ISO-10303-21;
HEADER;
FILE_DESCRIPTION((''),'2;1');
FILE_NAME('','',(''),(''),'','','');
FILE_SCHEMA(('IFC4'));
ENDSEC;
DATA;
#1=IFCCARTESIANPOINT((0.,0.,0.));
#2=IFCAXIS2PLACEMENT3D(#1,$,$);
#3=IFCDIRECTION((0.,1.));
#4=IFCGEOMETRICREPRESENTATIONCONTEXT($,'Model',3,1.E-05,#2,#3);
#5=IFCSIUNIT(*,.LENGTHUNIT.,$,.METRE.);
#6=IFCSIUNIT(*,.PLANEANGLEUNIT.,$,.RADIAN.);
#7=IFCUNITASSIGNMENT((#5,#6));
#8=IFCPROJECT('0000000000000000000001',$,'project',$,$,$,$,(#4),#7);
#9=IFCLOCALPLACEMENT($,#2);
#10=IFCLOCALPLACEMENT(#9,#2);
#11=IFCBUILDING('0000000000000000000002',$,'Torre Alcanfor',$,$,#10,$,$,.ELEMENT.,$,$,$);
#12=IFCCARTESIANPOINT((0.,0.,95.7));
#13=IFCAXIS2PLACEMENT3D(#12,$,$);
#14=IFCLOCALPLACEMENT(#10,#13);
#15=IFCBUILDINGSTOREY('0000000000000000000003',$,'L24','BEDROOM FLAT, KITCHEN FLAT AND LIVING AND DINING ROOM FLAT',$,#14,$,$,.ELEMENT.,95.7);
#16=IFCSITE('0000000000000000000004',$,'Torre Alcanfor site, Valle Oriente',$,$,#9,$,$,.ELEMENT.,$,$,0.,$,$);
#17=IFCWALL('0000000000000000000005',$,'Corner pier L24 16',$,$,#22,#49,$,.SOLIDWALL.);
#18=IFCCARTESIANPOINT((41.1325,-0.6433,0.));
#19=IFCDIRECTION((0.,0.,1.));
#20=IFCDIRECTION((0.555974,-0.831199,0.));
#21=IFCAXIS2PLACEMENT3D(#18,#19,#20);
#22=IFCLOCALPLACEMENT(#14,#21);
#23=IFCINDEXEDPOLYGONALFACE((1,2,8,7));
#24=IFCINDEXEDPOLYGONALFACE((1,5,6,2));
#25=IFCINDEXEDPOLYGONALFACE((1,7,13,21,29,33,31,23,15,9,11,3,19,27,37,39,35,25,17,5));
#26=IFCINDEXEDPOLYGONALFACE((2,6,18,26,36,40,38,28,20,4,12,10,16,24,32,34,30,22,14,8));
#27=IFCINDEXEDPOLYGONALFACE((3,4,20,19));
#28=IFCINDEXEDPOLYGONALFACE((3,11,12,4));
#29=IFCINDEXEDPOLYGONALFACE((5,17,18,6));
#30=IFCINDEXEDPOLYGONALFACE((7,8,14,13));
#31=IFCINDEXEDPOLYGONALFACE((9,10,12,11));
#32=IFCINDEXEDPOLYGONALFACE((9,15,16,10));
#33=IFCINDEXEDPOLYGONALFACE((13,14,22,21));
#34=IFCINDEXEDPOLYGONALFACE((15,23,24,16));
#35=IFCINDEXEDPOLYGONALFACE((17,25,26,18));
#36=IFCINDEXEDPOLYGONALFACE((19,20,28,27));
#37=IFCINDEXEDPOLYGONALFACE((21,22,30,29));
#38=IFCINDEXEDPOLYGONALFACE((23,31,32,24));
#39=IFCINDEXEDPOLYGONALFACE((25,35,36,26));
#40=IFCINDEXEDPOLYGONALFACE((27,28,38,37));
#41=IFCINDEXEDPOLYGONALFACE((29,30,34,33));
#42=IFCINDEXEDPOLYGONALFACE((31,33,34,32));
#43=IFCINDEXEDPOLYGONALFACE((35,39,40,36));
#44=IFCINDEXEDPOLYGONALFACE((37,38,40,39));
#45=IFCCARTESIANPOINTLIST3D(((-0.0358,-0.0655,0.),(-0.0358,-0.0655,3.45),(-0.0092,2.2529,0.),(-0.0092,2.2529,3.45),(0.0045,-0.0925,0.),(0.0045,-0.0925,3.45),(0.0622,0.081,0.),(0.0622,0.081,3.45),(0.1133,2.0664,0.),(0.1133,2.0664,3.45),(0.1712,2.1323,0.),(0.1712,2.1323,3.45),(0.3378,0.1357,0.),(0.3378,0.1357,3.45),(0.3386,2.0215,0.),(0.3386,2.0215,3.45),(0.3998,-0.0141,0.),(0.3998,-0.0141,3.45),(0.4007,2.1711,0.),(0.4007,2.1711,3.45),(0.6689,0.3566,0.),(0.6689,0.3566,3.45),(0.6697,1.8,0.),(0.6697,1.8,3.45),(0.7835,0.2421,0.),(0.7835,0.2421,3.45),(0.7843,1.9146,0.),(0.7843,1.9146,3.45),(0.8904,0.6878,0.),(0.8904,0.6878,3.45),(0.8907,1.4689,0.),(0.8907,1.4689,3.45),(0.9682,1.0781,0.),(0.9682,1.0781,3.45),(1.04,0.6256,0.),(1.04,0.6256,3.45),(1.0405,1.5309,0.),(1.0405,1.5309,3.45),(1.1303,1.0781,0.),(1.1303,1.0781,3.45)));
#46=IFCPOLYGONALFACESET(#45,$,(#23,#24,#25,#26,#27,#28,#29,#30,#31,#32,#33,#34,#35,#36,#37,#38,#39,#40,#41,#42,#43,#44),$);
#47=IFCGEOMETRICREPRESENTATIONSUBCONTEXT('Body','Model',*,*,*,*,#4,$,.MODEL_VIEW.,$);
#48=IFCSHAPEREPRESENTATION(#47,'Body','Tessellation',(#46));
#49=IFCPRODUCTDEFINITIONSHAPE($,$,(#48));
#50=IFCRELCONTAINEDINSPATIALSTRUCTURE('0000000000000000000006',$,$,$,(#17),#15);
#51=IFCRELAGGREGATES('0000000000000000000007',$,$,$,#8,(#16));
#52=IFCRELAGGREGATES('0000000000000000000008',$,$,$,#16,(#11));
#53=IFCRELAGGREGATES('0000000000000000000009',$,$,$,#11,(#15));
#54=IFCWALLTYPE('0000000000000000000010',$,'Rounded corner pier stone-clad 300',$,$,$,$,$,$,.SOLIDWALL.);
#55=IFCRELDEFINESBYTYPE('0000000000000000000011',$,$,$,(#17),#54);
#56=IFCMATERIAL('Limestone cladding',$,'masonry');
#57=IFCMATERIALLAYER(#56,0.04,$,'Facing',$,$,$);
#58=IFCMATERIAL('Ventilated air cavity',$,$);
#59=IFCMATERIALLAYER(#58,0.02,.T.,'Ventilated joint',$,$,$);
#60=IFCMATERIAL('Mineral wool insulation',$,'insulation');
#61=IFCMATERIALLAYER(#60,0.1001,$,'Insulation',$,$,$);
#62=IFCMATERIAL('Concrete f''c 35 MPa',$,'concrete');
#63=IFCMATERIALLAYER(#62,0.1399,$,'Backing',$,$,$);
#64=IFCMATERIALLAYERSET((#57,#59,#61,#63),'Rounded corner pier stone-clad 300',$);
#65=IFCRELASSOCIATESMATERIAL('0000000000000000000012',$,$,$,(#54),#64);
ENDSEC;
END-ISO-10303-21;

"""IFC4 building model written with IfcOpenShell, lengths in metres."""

from ifc_helpers import new_model, si_unit, direction, frame, origin, place, context, subcontext, project, spatial, polyline, outline, extrude, material, layer, layer_set, type_object, element, save


model = new_model("IFC4")

# Units and contexts
model_context = context("Model", 3, precision=1e-05, world=origin(), true_north=direction((0.0, 1.0)))
body_context = subcontext(model_context, "Body", "Model", "MODEL_VIEW")
ifc_project = project(units=[si_unit("LENGTHUNIT", "METRE"), si_unit("PLANEANGLEUNIT", "RADIAN")], contexts=[model_context])

# Site, building, storey
site_placement = place(None, origin())
site = spatial("IfcSite", under=ifc_project, at=site_placement, Name="Torre Alcanfor site, Valle Oriente", CompositionType="ELEMENT", RefElevation=0.0)
building_placement = place(site_placement, origin())
building = spatial("IfcBuilding", under=site, at=building_placement, Name="Torre Alcanfor", CompositionType="ELEMENT")
storey_placement = place(building_placement, frame((0.0, 0.0, 95.7)))
storey = spatial("IfcBuildingStorey", under=building, at=storey_placement, Name="L24", Description="BEDROOM FLAT, KITCHEN FLAT AND LIVING AND DINING ROOM FLAT", CompositionType="ELEMENT", Elevation=95.7)

# Wall
ifc_material_1 = material(Name="Limestone cladding", Category="masonry")
ifc_layer_1 = layer(ifc_material_1, 0.04, Name="Facing")
ifc_material_2 = material(Name="Ventilated air cavity")
ifc_layer_2 = layer(ifc_material_2, 0.02, ventilated=True, Name="Ventilated joint")
ifc_material_3 = material(Name="Mineral wool insulation", Category="insulation")
ifc_layer_3 = layer(ifc_material_3, 0.1001, Name="Insulation")
ifc_material_4 = material(Name="Concrete f'c 35 MPa", Category="concrete")
ifc_layer_4 = layer(ifc_material_4, 0.1399, Name="Backing")
ifc_layer_set_1 = layer_set([ifc_layer_1, ifc_layer_2, ifc_layer_3, ifc_layer_4], Name="Rounded corner pier stone-clad 300")
wall_type_1 = type_object("IfcWallType", Name="Rounded corner pier stone-clad 300", PredefinedType="SOLIDWALL", material=ifc_layer_set_1)
wall_1_placement = place(storey_placement, frame((41.1325, -0.6433, 0.0), z_axis=(0.0, 0.0, 1.0), x_axis=(0.555974, -0.831199, 0.0)))
element("IfcWall", 1, at=wall_1_placement, inside=storey, type_object=wall_type_1, Name="Corner pier L24 16", PredefinedType="SOLIDWALL", context=body_context, shape_type="SweptSolid", body=[
    extrude(outline(polyline([(0.1712, 2.1323), (0.1133, 2.0664), (0.3386, 2.0215), (0.6697, 1.8), (0.8907, 1.4689), (0.9682, 1.0781), (0.8904, 0.6878), (0.6689, 0.3566), (0.3378, 0.1357), (0.0622, 0.081), (-0.0358, -0.0655), (0.0045, -0.0925), (0.3998, -0.0141), (0.7835, 0.2421), (1.04, 0.6256), (1.1303, 1.0781), (1.0405, 1.5309), (0.7843, 1.9146), (0.4007, 2.1711), (-0.0092, 2.2529), (0.1712, 2.1323)])), origin(), (0.0, 0.0, 1.0), 3.45),
])

save(model, "model.ifc")
